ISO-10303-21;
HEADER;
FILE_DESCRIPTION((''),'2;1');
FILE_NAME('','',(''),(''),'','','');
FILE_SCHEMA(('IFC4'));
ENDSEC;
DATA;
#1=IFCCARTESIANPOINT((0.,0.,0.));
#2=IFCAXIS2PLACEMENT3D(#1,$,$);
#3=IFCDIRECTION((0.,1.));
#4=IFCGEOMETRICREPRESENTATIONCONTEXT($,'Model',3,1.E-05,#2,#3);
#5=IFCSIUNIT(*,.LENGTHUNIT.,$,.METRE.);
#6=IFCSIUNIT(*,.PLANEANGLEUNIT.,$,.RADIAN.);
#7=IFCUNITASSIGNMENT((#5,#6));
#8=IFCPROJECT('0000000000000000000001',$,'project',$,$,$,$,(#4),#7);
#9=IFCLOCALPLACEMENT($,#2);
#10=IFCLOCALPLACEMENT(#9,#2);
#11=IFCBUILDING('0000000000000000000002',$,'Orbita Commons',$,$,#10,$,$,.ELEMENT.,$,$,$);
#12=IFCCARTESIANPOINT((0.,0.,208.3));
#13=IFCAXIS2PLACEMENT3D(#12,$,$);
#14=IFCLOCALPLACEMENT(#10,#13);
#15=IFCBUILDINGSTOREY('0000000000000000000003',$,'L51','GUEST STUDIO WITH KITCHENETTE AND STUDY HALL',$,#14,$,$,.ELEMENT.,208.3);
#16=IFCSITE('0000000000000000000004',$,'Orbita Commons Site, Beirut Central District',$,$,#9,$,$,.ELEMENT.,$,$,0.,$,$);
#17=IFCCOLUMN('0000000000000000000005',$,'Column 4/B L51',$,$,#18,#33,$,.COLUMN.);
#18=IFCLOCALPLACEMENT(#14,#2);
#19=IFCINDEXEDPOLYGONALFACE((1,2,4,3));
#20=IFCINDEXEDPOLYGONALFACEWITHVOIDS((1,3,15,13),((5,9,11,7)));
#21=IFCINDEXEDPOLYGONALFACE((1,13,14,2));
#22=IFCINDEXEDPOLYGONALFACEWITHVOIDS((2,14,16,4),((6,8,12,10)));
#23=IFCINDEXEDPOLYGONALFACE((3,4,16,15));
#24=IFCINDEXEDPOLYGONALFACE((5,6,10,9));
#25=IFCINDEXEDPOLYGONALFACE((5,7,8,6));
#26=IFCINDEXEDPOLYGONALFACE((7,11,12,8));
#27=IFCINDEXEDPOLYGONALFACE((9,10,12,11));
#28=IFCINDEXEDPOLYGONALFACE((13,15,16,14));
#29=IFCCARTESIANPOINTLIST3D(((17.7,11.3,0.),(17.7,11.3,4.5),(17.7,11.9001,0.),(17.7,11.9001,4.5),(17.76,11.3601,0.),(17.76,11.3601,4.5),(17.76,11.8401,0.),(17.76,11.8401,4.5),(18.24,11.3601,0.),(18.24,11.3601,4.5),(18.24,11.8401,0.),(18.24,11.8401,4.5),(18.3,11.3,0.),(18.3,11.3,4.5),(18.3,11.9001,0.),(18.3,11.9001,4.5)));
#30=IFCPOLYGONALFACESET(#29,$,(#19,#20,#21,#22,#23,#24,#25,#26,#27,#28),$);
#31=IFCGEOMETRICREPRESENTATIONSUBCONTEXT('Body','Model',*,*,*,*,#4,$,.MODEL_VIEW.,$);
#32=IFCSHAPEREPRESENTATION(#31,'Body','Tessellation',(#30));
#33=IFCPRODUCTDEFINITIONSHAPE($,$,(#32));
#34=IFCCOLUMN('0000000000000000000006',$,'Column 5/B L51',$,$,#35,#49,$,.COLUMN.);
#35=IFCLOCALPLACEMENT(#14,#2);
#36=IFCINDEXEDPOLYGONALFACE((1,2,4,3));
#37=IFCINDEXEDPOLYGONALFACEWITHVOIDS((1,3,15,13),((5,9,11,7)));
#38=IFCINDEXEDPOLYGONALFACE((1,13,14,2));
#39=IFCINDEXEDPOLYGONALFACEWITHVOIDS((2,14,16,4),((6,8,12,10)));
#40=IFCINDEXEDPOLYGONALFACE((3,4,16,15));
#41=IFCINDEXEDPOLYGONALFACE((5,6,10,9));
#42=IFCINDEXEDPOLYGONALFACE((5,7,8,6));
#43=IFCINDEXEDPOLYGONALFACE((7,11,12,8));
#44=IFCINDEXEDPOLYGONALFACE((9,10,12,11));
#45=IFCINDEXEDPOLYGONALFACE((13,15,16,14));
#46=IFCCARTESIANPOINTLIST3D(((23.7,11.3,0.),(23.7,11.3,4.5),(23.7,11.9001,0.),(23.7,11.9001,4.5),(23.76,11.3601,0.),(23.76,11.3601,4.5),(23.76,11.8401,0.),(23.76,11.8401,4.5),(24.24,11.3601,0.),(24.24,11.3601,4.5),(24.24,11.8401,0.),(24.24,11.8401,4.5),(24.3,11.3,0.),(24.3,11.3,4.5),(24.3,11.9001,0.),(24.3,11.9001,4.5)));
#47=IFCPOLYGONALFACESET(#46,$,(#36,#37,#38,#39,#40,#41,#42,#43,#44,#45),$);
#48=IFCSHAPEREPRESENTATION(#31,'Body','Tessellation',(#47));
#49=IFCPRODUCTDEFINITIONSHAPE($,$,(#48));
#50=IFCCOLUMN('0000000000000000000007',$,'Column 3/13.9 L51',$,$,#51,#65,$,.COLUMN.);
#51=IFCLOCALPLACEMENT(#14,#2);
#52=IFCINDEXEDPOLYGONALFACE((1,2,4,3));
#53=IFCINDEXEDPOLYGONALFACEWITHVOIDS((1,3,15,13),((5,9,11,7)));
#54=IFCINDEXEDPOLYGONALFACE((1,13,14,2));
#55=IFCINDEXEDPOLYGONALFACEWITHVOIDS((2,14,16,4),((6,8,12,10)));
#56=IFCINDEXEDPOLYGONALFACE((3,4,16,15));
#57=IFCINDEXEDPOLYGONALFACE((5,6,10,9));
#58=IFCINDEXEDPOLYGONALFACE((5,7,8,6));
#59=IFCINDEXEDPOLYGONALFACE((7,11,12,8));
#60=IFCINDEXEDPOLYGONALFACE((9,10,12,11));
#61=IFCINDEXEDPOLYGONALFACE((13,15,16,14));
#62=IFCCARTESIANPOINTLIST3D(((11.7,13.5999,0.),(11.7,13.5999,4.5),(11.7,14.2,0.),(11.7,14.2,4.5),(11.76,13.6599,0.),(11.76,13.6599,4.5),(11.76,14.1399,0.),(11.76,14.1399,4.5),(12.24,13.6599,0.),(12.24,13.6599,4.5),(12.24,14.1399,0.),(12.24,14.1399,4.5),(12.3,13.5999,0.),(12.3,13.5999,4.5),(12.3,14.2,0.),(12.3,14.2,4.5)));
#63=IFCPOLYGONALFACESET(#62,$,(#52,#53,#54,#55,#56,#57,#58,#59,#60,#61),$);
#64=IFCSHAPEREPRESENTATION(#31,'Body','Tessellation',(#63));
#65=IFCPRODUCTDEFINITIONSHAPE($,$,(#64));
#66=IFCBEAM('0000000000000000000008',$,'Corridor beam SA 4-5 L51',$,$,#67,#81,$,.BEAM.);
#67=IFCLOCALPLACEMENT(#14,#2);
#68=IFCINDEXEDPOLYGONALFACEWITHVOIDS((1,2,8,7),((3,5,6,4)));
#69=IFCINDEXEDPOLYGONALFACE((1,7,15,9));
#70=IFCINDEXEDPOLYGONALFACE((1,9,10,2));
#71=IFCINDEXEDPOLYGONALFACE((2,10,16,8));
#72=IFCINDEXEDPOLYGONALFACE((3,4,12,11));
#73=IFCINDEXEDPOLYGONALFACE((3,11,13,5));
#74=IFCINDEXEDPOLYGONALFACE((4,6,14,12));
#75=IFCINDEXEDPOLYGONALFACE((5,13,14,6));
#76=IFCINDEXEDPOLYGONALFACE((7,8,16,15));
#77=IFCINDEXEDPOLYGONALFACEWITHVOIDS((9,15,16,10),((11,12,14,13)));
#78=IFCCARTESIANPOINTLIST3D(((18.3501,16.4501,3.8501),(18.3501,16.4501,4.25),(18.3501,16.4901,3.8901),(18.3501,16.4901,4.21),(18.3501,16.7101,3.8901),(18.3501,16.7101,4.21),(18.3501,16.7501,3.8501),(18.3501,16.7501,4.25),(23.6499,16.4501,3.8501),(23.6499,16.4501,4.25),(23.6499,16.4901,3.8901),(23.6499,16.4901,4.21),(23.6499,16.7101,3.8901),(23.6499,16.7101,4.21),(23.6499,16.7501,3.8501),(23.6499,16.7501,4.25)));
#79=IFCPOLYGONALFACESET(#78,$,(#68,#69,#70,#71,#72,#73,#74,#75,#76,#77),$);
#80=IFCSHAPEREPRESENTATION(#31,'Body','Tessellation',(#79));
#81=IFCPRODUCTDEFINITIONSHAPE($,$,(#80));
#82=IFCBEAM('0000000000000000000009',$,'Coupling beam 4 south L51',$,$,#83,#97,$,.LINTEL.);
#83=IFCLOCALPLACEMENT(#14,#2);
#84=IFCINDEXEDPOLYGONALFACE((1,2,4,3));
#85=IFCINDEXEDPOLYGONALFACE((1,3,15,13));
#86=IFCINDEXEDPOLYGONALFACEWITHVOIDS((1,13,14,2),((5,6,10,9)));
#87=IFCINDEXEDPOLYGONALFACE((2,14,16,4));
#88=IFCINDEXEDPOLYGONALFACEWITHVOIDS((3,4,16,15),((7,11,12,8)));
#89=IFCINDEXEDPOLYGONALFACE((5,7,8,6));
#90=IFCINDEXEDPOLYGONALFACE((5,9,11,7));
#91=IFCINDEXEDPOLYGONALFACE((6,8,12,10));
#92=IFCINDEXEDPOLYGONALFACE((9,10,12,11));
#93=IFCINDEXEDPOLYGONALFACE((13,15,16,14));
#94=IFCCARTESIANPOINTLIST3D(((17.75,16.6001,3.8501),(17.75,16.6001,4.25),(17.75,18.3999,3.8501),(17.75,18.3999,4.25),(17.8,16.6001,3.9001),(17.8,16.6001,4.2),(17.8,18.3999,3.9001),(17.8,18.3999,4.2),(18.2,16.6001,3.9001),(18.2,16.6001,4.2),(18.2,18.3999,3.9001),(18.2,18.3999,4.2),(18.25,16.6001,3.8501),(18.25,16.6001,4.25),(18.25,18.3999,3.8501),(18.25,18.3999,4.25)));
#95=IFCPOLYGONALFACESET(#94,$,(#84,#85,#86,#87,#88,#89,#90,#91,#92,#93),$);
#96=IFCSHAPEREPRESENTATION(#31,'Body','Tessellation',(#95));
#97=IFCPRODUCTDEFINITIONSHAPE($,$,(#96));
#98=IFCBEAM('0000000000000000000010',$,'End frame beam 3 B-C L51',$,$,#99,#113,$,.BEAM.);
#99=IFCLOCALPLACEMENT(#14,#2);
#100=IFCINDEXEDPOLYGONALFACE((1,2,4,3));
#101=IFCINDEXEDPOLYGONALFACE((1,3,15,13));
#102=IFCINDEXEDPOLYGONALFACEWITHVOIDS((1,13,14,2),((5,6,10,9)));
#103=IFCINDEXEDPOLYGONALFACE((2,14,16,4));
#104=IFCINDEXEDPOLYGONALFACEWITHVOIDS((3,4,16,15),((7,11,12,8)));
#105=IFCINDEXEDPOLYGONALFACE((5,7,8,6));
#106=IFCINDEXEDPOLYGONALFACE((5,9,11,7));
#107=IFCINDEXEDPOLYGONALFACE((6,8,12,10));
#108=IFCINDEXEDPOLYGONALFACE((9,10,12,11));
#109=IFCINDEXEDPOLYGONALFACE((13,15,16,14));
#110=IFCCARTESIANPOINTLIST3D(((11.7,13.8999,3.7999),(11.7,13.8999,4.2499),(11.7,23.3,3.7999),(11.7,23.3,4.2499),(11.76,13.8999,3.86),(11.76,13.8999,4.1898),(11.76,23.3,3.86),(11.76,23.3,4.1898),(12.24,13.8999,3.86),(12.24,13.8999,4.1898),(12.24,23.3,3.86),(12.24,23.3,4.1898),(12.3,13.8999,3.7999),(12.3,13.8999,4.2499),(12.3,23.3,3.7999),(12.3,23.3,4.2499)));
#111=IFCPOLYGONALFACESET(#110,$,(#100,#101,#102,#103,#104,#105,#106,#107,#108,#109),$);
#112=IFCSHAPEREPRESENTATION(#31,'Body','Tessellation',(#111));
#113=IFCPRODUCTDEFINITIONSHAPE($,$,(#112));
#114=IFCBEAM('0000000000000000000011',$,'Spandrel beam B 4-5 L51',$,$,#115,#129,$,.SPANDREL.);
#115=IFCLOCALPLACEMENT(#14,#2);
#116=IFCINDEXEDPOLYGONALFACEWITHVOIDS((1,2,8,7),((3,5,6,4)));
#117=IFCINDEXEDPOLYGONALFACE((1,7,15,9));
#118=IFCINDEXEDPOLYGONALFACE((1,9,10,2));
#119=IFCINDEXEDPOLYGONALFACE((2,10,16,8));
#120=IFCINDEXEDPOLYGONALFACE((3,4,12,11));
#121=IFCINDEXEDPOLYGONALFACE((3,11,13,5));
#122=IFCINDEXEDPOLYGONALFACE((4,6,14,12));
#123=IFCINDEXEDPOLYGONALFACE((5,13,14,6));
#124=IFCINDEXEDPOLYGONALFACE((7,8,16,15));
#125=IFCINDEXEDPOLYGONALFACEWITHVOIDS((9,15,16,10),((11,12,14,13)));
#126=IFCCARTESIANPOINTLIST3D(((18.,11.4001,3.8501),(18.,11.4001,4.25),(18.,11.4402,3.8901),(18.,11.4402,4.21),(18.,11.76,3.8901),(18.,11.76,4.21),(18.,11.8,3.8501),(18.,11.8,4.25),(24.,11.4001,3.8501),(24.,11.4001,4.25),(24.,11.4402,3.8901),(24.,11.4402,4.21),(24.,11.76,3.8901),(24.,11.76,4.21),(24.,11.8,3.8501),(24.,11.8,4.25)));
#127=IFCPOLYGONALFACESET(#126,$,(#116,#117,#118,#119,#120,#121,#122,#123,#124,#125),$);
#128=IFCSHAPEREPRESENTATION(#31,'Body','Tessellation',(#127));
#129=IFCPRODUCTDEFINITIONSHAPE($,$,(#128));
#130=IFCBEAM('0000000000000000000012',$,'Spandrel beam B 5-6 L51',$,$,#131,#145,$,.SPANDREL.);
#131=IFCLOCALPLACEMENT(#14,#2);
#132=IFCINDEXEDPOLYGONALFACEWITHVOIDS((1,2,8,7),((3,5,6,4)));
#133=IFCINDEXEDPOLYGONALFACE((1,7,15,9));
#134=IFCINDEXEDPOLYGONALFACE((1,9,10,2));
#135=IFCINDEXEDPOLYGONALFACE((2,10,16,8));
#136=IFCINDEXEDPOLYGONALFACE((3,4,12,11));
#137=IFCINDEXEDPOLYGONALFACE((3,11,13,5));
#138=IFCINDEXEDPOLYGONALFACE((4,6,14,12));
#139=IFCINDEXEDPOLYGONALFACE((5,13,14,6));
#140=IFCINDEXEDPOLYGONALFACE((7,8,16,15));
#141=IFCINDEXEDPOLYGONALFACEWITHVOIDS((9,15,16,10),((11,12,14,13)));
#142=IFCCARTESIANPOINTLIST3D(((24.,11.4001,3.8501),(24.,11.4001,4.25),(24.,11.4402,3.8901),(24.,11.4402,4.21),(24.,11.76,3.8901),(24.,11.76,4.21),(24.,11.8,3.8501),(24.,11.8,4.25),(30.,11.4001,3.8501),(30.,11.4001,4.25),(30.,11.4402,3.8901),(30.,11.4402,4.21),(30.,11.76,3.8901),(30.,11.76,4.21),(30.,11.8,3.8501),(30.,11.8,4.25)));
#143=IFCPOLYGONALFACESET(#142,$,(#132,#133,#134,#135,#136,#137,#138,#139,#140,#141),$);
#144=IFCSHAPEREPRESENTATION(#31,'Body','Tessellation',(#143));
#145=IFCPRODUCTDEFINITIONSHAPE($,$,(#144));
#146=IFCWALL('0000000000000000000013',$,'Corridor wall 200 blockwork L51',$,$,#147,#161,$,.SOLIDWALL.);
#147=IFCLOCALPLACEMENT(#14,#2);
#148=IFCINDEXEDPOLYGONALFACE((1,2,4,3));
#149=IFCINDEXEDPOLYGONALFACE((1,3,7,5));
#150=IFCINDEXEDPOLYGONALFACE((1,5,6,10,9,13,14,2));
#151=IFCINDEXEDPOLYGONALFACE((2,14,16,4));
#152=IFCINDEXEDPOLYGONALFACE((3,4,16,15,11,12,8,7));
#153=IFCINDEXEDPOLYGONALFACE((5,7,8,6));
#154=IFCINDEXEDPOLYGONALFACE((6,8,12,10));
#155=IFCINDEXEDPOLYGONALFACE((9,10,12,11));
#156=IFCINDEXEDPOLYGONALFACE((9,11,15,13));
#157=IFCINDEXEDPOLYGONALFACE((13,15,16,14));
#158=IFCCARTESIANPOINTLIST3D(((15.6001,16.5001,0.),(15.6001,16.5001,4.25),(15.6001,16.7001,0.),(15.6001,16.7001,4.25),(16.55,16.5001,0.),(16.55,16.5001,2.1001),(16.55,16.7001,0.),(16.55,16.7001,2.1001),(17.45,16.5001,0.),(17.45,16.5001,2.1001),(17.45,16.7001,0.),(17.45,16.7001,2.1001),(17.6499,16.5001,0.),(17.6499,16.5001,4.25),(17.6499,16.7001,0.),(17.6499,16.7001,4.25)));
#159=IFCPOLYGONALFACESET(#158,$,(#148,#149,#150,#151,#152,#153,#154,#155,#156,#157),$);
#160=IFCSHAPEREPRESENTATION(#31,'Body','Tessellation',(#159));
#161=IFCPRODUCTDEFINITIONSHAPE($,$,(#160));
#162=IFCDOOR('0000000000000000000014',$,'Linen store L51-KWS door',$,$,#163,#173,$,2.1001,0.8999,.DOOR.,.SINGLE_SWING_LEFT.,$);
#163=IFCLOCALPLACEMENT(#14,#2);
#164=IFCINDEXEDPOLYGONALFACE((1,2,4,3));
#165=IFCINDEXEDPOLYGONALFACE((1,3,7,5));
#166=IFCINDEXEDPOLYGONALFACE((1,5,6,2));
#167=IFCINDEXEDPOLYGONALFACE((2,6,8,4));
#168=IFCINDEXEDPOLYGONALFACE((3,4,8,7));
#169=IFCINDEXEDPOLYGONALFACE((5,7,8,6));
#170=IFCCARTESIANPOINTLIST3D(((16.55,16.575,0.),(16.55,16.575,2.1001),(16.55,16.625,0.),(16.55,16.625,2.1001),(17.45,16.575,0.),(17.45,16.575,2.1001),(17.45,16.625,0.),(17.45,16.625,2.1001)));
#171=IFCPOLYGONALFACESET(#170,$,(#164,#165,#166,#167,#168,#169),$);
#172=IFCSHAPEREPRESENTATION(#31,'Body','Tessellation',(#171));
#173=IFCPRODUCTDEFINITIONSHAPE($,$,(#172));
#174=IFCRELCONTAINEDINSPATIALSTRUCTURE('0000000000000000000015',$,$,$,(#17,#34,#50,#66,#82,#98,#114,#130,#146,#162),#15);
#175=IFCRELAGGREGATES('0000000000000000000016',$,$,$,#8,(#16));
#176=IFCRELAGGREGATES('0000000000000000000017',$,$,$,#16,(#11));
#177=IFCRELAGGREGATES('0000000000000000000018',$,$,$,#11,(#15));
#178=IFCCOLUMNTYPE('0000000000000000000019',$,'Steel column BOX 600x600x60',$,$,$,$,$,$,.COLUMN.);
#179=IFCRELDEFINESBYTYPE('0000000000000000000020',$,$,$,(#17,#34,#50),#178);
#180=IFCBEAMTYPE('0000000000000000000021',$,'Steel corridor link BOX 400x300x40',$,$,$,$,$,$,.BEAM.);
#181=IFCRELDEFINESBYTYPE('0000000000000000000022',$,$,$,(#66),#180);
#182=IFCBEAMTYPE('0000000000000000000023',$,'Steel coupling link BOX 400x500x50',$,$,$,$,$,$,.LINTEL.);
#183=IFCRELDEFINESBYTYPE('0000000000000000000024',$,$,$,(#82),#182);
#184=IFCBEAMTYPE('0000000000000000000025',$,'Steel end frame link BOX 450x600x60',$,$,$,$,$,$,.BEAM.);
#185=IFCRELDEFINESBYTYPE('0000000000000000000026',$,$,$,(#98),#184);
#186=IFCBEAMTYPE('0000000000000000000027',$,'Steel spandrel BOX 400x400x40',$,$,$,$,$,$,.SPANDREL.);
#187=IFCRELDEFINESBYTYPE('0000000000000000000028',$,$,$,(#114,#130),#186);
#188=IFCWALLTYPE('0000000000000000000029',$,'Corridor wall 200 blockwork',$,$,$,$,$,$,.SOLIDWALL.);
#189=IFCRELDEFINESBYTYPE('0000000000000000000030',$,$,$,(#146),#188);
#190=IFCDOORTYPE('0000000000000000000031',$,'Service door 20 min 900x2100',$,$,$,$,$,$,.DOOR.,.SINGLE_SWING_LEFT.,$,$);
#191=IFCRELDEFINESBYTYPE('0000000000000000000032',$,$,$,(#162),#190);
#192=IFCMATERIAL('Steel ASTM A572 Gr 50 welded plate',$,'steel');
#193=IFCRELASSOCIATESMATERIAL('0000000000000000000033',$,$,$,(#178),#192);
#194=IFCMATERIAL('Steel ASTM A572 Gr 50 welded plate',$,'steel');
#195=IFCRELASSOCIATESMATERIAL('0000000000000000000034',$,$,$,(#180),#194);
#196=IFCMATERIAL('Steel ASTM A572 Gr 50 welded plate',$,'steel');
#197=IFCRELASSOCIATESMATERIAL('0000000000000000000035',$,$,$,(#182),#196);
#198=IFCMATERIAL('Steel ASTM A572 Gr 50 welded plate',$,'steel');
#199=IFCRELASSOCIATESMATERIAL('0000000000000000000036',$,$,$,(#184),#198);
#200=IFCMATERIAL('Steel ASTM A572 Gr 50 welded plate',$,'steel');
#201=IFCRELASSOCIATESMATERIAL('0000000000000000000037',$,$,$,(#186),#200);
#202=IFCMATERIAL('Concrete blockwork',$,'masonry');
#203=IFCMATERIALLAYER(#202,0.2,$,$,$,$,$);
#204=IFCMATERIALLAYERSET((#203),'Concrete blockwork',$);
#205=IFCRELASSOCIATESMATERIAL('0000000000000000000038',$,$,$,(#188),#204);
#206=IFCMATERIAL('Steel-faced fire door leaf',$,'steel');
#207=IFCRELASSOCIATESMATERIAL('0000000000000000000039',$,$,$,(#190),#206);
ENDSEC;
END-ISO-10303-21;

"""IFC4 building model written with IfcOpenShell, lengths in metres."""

from ifc_helpers import new_model, si_unit, direction, frame, frame_2d, origin, origin_2d, place, context, subcontext, project, spatial, rectangle, hollow_rectangle, extrude, material, layer, layer_set, material_profile, profile_set, type_object, element, fill, save


model = new_model("IFC4")

# Units and contexts
model_context = context("Model", 3, precision=1e-05, world=origin(), true_north=direction((0.0, 1.0)))
body_context = subcontext(model_context, "Body", "Model", "MODEL_VIEW")
ifc_project = project(units=[si_unit("LENGTHUNIT", "METRE"), si_unit("PLANEANGLEUNIT", "RADIAN")], contexts=[model_context])

# Site, building, storey
site_placement = place(None, origin())
site = spatial("IfcSite", under=ifc_project, at=site_placement, Name="Orbita Commons Site, Beirut Central District", CompositionType="ELEMENT", RefElevation=0.0)
building_placement = place(site_placement, origin())
building = spatial("IfcBuilding", under=site, at=building_placement, Name="Orbita Commons", CompositionType="ELEMENT")
storey_placement = place(building_placement, frame((0.0, 0.0, 208.3)))
storey = spatial("IfcBuildingStorey", under=building, at=storey_placement, Name="L51", Description="GUEST STUDIO WITH KITCHENETTE AND STUDY HALL", CompositionType="ELEMENT", Elevation=208.3)

# Columns
ifc_material_1 = material(Name="Steel ASTM A572 Gr 50 welded plate", Category="steel")
ifc_material_profile_1 = material_profile(ifc_material_1, hollow_rectangle(XDim=0.6001, YDim=0.6001, WallThickness=0.0601, at=origin_2d()), Name="BOX 600x600x60")
ifc_profile_set_1 = profile_set([ifc_material_profile_1], Name="Steel ASTM A572 Gr 50 welded plate")
column_type = type_object("IfcColumnType", Name="Steel column BOX 600x600x60", PredefinedType="COLUMN", material=ifc_profile_set_1)
for number, where, z_axis, x_axis, name in (
    (1, (18.0, 11.6001, 0.0), (0.0, 0.0, 1.0), (1.0, 0.0, 0.0), "Column 4/B L51"),
    (2, (24.0, 11.6001, 0.0), (0.0, 0.0, 1.0), (1.0, 0.0, 0.0), "Column 5/B L51"),
    (3, (12.0, 13.8999, 0.0), (0.0, 0.0, 1.0), (1.0, 0.0, 0.0), "Column 3/13.9 L51"),
):
    element("IfcColumn", number, at=place(storey_placement, frame(where, z_axis=z_axis, x_axis=x_axis)), inside=storey, type_object=column_type, Name=name, PredefinedType="COLUMN", context=body_context, shape_type="SweptSolid", body=[
        extrude(hollow_rectangle(XDim=0.6001, YDim=0.6001, WallThickness=0.0601, at=origin_2d()), origin(), (0.0, 0.0, 1.0), 4.5),
    ])

# Beams
ifc_material_2 = material(Name="Steel ASTM A572 Gr 50 welded plate", Category="steel")
ifc_material_profile_2 = material_profile(ifc_material_2, hollow_rectangle(XDim=0.3, YDim=0.3999, WallThickness=0.04, at=origin_2d()), Name="BOX 400x300x40")
ifc_profile_set_2 = profile_set([ifc_material_profile_2], Name="Steel ASTM A572 Gr 50 welded plate")
beam_type_1 = type_object("IfcBeamType", Name="Steel corridor link BOX 400x300x40", PredefinedType="BEAM", material=ifc_profile_set_2)
beam_1_placement = place(storey_placement, frame((18.3501, 16.6001, 4.05), z_axis=(1.0, 0.0, 0.0), x_axis=(0.0, 1.0, 0.0)))
element("IfcBeam", 4, at=beam_1_placement, inside=storey, type_object=beam_type_1, Name="Corridor beam SA 4-5 L51", PredefinedType="BEAM", context=body_context, shape_type="SweptSolid", body=[
    extrude(hollow_rectangle(XDim=0.3, YDim=0.3999, WallThickness=0.04, at=origin_2d()), origin(), (0.0, 0.0, 1.0), 5.2998),
])
ifc_material_3 = material(Name="Steel ASTM A572 Gr 50 welded plate", Category="steel")
ifc_material_profile_3 = material_profile(ifc_material_3, hollow_rectangle(XDim=0.5, YDim=0.3999, WallThickness=0.05, at=origin_2d()), Name="BOX 400x500x50")
ifc_profile_set_3 = profile_set([ifc_material_profile_3], Name="Steel ASTM A572 Gr 50 welded plate")
beam_type_2 = type_object("IfcBeamType", Name="Steel coupling link BOX 400x500x50", PredefinedType="LINTEL", material=ifc_profile_set_3)
beam_2_placement = place(storey_placement, frame((18.0, 16.6001, 4.05), z_axis=(0.0, 1.0, 0.0), x_axis=(-1.0, 0.0, 0.0)))
element("IfcBeam", 5, at=beam_2_placement, inside=storey, type_object=beam_type_2, Name="Coupling beam 4 south L51", PredefinedType="LINTEL", context=body_context, shape_type="SweptSolid", body=[
    extrude(hollow_rectangle(XDim=0.5, YDim=0.3999, WallThickness=0.05, at=origin_2d()), origin(), (0.0, 0.0, 1.0), 1.7998),
])
ifc_material_4 = material(Name="Steel ASTM A572 Gr 50 welded plate", Category="steel")
ifc_material_profile_4 = material_profile(ifc_material_4, hollow_rectangle(XDim=0.6001, YDim=0.45, WallThickness=0.0601, at=origin_2d()), Name="BOX 450x600x60")
ifc_profile_set_4 = profile_set([ifc_material_profile_4], Name="Steel ASTM A572 Gr 50 welded plate")
beam_type_3 = type_object("IfcBeamType", Name="Steel end frame link BOX 450x600x60", PredefinedType="BEAM", material=ifc_profile_set_4)
beam_3_placement = place(storey_placement, frame((12.0, 13.8999, 4.0249), z_axis=(0.0, 1.0, 0.0), x_axis=(-1.0, 0.0, 0.0)))
element("IfcBeam", 6, at=beam_3_placement, inside=storey, type_object=beam_type_3, Name="End frame beam 3 B-C L51", PredefinedType="BEAM", context=body_context, shape_type="SweptSolid", body=[
    extrude(hollow_rectangle(XDim=0.6001, YDim=0.45, WallThickness=0.0601, at=origin_2d()), origin(), (0.0, 0.0, 1.0), 9.4001),
])
ifc_material_5 = material(Name="Steel ASTM A572 Gr 50 welded plate", Category="steel")
ifc_material_profile_5 = material_profile(ifc_material_5, hollow_rectangle(XDim=0.3999, YDim=0.3999, WallThickness=0.04, at=origin_2d()), Name="BOX 400x400x40")
ifc_profile_set_5 = profile_set([ifc_material_profile_5], Name="Steel ASTM A572 Gr 50 welded plate")
beam_type_4 = type_object("IfcBeamType", Name="Steel spandrel BOX 400x400x40", PredefinedType="SPANDREL", material=ifc_profile_set_5)
for number, where, z_axis, x_axis, name in (
    (7, (18.0, 11.6001, 4.05), (1.0, 0.0, 0.0), (0.0, 1.0, 0.0), "Spandrel beam B 4-5 L51"),
    (8, (24.0, 11.6001, 4.05), (1.0, 0.0, 0.0), (0.0, 1.0, 0.0), "Spandrel beam B 5-6 L51"),
):
    element("IfcBeam", number, at=place(storey_placement, frame(where, z_axis=z_axis, x_axis=x_axis)), inside=storey, type_object=beam_type_4, Name=name, PredefinedType="SPANDREL", context=body_context, shape_type="SweptSolid", body=[
        extrude(hollow_rectangle(XDim=0.3999, YDim=0.3999, WallThickness=0.04, at=origin_2d()), origin(), (0.0, 0.0, 1.0), 6.0),
    ])

# Wall, opening, door
ifc_material_6 = material(Name="Concrete blockwork", Category="masonry")
ifc_layer_1 = layer(ifc_material_6, 0.2)
ifc_layer_set_1 = layer_set([ifc_layer_1], Name="Concrete blockwork")
wall_type_1 = type_object("IfcWallType", Name="Corridor wall 200 blockwork", PredefinedType="SOLIDWALL", material=ifc_layer_set_1)
wall_1_placement = place(storey_placement, frame((15.6001, 16.6001, 0.0), z_axis=(0.0, 0.0, 1.0), x_axis=(1.0, 0.0, 0.0)))
wall_1 = element("IfcWall", 9, at=wall_1_placement, inside=storey, type_object=wall_type_1, Name="Corridor wall 200 blockwork L51", PredefinedType="SOLIDWALL", context=body_context, shape_type="SweptSolid", body=[
    extrude(rectangle(XDim=2.0498, YDim=0.2, at=frame_2d((1.0249, 0.0))), origin(), (0.0, 0.0, 1.0), 4.25),
])
opening_1_placement = place(wall_1_placement, frame((0.95, 0.0, 0.0)))
opening_1 = element("IfcOpeningElement", 10, at=opening_1_placement, cuts=wall_1, PredefinedType="OPENING", context=body_context, shape_type="SweptSolid", body=[
    extrude(rectangle(XDim=0.8999, YDim=2.1001, at=frame_2d((0.45, 1.05))), frame((0.0, 0.1099, 0.0), z_axis=(0.0, -1.0, 0.0), x_axis=(1.0, 0.0, 0.0)), (0.0, 0.0, 1.0), 0.22),
])
ifc_material_7 = material(Name="Steel-faced fire door leaf", Category="steel")
door_type_1 = type_object("IfcDoorType", Name="Service door 20 min 900x2100", OperationType="SINGLE_SWING_LEFT", PredefinedType="DOOR", material=ifc_material_7)
door_1_placement = place(opening_1_placement, origin())
door_1 = element("IfcDoor", 11, at=door_1_placement, inside=storey, type_object=door_type_1, Name="Linen store L51-KWS door", OperationType="SINGLE_SWING_LEFT", OverallHeight=2.1001, OverallWidth=0.8999, PredefinedType="DOOR", context=body_context, shape_type="SweptSolid", body=[
    extrude(rectangle(XDim=0.8999, YDim=2.1001, at=frame_2d((0.45, 1.05))), frame((0.0, 0.0249, 0.0), z_axis=(0.0, -1.0, 0.0), x_axis=(1.0, 0.0, 0.0)), (0.0, 0.0, 1.0), 0.05),
])
fill(opening_1, door_1)

save(model, "model.ifc")
